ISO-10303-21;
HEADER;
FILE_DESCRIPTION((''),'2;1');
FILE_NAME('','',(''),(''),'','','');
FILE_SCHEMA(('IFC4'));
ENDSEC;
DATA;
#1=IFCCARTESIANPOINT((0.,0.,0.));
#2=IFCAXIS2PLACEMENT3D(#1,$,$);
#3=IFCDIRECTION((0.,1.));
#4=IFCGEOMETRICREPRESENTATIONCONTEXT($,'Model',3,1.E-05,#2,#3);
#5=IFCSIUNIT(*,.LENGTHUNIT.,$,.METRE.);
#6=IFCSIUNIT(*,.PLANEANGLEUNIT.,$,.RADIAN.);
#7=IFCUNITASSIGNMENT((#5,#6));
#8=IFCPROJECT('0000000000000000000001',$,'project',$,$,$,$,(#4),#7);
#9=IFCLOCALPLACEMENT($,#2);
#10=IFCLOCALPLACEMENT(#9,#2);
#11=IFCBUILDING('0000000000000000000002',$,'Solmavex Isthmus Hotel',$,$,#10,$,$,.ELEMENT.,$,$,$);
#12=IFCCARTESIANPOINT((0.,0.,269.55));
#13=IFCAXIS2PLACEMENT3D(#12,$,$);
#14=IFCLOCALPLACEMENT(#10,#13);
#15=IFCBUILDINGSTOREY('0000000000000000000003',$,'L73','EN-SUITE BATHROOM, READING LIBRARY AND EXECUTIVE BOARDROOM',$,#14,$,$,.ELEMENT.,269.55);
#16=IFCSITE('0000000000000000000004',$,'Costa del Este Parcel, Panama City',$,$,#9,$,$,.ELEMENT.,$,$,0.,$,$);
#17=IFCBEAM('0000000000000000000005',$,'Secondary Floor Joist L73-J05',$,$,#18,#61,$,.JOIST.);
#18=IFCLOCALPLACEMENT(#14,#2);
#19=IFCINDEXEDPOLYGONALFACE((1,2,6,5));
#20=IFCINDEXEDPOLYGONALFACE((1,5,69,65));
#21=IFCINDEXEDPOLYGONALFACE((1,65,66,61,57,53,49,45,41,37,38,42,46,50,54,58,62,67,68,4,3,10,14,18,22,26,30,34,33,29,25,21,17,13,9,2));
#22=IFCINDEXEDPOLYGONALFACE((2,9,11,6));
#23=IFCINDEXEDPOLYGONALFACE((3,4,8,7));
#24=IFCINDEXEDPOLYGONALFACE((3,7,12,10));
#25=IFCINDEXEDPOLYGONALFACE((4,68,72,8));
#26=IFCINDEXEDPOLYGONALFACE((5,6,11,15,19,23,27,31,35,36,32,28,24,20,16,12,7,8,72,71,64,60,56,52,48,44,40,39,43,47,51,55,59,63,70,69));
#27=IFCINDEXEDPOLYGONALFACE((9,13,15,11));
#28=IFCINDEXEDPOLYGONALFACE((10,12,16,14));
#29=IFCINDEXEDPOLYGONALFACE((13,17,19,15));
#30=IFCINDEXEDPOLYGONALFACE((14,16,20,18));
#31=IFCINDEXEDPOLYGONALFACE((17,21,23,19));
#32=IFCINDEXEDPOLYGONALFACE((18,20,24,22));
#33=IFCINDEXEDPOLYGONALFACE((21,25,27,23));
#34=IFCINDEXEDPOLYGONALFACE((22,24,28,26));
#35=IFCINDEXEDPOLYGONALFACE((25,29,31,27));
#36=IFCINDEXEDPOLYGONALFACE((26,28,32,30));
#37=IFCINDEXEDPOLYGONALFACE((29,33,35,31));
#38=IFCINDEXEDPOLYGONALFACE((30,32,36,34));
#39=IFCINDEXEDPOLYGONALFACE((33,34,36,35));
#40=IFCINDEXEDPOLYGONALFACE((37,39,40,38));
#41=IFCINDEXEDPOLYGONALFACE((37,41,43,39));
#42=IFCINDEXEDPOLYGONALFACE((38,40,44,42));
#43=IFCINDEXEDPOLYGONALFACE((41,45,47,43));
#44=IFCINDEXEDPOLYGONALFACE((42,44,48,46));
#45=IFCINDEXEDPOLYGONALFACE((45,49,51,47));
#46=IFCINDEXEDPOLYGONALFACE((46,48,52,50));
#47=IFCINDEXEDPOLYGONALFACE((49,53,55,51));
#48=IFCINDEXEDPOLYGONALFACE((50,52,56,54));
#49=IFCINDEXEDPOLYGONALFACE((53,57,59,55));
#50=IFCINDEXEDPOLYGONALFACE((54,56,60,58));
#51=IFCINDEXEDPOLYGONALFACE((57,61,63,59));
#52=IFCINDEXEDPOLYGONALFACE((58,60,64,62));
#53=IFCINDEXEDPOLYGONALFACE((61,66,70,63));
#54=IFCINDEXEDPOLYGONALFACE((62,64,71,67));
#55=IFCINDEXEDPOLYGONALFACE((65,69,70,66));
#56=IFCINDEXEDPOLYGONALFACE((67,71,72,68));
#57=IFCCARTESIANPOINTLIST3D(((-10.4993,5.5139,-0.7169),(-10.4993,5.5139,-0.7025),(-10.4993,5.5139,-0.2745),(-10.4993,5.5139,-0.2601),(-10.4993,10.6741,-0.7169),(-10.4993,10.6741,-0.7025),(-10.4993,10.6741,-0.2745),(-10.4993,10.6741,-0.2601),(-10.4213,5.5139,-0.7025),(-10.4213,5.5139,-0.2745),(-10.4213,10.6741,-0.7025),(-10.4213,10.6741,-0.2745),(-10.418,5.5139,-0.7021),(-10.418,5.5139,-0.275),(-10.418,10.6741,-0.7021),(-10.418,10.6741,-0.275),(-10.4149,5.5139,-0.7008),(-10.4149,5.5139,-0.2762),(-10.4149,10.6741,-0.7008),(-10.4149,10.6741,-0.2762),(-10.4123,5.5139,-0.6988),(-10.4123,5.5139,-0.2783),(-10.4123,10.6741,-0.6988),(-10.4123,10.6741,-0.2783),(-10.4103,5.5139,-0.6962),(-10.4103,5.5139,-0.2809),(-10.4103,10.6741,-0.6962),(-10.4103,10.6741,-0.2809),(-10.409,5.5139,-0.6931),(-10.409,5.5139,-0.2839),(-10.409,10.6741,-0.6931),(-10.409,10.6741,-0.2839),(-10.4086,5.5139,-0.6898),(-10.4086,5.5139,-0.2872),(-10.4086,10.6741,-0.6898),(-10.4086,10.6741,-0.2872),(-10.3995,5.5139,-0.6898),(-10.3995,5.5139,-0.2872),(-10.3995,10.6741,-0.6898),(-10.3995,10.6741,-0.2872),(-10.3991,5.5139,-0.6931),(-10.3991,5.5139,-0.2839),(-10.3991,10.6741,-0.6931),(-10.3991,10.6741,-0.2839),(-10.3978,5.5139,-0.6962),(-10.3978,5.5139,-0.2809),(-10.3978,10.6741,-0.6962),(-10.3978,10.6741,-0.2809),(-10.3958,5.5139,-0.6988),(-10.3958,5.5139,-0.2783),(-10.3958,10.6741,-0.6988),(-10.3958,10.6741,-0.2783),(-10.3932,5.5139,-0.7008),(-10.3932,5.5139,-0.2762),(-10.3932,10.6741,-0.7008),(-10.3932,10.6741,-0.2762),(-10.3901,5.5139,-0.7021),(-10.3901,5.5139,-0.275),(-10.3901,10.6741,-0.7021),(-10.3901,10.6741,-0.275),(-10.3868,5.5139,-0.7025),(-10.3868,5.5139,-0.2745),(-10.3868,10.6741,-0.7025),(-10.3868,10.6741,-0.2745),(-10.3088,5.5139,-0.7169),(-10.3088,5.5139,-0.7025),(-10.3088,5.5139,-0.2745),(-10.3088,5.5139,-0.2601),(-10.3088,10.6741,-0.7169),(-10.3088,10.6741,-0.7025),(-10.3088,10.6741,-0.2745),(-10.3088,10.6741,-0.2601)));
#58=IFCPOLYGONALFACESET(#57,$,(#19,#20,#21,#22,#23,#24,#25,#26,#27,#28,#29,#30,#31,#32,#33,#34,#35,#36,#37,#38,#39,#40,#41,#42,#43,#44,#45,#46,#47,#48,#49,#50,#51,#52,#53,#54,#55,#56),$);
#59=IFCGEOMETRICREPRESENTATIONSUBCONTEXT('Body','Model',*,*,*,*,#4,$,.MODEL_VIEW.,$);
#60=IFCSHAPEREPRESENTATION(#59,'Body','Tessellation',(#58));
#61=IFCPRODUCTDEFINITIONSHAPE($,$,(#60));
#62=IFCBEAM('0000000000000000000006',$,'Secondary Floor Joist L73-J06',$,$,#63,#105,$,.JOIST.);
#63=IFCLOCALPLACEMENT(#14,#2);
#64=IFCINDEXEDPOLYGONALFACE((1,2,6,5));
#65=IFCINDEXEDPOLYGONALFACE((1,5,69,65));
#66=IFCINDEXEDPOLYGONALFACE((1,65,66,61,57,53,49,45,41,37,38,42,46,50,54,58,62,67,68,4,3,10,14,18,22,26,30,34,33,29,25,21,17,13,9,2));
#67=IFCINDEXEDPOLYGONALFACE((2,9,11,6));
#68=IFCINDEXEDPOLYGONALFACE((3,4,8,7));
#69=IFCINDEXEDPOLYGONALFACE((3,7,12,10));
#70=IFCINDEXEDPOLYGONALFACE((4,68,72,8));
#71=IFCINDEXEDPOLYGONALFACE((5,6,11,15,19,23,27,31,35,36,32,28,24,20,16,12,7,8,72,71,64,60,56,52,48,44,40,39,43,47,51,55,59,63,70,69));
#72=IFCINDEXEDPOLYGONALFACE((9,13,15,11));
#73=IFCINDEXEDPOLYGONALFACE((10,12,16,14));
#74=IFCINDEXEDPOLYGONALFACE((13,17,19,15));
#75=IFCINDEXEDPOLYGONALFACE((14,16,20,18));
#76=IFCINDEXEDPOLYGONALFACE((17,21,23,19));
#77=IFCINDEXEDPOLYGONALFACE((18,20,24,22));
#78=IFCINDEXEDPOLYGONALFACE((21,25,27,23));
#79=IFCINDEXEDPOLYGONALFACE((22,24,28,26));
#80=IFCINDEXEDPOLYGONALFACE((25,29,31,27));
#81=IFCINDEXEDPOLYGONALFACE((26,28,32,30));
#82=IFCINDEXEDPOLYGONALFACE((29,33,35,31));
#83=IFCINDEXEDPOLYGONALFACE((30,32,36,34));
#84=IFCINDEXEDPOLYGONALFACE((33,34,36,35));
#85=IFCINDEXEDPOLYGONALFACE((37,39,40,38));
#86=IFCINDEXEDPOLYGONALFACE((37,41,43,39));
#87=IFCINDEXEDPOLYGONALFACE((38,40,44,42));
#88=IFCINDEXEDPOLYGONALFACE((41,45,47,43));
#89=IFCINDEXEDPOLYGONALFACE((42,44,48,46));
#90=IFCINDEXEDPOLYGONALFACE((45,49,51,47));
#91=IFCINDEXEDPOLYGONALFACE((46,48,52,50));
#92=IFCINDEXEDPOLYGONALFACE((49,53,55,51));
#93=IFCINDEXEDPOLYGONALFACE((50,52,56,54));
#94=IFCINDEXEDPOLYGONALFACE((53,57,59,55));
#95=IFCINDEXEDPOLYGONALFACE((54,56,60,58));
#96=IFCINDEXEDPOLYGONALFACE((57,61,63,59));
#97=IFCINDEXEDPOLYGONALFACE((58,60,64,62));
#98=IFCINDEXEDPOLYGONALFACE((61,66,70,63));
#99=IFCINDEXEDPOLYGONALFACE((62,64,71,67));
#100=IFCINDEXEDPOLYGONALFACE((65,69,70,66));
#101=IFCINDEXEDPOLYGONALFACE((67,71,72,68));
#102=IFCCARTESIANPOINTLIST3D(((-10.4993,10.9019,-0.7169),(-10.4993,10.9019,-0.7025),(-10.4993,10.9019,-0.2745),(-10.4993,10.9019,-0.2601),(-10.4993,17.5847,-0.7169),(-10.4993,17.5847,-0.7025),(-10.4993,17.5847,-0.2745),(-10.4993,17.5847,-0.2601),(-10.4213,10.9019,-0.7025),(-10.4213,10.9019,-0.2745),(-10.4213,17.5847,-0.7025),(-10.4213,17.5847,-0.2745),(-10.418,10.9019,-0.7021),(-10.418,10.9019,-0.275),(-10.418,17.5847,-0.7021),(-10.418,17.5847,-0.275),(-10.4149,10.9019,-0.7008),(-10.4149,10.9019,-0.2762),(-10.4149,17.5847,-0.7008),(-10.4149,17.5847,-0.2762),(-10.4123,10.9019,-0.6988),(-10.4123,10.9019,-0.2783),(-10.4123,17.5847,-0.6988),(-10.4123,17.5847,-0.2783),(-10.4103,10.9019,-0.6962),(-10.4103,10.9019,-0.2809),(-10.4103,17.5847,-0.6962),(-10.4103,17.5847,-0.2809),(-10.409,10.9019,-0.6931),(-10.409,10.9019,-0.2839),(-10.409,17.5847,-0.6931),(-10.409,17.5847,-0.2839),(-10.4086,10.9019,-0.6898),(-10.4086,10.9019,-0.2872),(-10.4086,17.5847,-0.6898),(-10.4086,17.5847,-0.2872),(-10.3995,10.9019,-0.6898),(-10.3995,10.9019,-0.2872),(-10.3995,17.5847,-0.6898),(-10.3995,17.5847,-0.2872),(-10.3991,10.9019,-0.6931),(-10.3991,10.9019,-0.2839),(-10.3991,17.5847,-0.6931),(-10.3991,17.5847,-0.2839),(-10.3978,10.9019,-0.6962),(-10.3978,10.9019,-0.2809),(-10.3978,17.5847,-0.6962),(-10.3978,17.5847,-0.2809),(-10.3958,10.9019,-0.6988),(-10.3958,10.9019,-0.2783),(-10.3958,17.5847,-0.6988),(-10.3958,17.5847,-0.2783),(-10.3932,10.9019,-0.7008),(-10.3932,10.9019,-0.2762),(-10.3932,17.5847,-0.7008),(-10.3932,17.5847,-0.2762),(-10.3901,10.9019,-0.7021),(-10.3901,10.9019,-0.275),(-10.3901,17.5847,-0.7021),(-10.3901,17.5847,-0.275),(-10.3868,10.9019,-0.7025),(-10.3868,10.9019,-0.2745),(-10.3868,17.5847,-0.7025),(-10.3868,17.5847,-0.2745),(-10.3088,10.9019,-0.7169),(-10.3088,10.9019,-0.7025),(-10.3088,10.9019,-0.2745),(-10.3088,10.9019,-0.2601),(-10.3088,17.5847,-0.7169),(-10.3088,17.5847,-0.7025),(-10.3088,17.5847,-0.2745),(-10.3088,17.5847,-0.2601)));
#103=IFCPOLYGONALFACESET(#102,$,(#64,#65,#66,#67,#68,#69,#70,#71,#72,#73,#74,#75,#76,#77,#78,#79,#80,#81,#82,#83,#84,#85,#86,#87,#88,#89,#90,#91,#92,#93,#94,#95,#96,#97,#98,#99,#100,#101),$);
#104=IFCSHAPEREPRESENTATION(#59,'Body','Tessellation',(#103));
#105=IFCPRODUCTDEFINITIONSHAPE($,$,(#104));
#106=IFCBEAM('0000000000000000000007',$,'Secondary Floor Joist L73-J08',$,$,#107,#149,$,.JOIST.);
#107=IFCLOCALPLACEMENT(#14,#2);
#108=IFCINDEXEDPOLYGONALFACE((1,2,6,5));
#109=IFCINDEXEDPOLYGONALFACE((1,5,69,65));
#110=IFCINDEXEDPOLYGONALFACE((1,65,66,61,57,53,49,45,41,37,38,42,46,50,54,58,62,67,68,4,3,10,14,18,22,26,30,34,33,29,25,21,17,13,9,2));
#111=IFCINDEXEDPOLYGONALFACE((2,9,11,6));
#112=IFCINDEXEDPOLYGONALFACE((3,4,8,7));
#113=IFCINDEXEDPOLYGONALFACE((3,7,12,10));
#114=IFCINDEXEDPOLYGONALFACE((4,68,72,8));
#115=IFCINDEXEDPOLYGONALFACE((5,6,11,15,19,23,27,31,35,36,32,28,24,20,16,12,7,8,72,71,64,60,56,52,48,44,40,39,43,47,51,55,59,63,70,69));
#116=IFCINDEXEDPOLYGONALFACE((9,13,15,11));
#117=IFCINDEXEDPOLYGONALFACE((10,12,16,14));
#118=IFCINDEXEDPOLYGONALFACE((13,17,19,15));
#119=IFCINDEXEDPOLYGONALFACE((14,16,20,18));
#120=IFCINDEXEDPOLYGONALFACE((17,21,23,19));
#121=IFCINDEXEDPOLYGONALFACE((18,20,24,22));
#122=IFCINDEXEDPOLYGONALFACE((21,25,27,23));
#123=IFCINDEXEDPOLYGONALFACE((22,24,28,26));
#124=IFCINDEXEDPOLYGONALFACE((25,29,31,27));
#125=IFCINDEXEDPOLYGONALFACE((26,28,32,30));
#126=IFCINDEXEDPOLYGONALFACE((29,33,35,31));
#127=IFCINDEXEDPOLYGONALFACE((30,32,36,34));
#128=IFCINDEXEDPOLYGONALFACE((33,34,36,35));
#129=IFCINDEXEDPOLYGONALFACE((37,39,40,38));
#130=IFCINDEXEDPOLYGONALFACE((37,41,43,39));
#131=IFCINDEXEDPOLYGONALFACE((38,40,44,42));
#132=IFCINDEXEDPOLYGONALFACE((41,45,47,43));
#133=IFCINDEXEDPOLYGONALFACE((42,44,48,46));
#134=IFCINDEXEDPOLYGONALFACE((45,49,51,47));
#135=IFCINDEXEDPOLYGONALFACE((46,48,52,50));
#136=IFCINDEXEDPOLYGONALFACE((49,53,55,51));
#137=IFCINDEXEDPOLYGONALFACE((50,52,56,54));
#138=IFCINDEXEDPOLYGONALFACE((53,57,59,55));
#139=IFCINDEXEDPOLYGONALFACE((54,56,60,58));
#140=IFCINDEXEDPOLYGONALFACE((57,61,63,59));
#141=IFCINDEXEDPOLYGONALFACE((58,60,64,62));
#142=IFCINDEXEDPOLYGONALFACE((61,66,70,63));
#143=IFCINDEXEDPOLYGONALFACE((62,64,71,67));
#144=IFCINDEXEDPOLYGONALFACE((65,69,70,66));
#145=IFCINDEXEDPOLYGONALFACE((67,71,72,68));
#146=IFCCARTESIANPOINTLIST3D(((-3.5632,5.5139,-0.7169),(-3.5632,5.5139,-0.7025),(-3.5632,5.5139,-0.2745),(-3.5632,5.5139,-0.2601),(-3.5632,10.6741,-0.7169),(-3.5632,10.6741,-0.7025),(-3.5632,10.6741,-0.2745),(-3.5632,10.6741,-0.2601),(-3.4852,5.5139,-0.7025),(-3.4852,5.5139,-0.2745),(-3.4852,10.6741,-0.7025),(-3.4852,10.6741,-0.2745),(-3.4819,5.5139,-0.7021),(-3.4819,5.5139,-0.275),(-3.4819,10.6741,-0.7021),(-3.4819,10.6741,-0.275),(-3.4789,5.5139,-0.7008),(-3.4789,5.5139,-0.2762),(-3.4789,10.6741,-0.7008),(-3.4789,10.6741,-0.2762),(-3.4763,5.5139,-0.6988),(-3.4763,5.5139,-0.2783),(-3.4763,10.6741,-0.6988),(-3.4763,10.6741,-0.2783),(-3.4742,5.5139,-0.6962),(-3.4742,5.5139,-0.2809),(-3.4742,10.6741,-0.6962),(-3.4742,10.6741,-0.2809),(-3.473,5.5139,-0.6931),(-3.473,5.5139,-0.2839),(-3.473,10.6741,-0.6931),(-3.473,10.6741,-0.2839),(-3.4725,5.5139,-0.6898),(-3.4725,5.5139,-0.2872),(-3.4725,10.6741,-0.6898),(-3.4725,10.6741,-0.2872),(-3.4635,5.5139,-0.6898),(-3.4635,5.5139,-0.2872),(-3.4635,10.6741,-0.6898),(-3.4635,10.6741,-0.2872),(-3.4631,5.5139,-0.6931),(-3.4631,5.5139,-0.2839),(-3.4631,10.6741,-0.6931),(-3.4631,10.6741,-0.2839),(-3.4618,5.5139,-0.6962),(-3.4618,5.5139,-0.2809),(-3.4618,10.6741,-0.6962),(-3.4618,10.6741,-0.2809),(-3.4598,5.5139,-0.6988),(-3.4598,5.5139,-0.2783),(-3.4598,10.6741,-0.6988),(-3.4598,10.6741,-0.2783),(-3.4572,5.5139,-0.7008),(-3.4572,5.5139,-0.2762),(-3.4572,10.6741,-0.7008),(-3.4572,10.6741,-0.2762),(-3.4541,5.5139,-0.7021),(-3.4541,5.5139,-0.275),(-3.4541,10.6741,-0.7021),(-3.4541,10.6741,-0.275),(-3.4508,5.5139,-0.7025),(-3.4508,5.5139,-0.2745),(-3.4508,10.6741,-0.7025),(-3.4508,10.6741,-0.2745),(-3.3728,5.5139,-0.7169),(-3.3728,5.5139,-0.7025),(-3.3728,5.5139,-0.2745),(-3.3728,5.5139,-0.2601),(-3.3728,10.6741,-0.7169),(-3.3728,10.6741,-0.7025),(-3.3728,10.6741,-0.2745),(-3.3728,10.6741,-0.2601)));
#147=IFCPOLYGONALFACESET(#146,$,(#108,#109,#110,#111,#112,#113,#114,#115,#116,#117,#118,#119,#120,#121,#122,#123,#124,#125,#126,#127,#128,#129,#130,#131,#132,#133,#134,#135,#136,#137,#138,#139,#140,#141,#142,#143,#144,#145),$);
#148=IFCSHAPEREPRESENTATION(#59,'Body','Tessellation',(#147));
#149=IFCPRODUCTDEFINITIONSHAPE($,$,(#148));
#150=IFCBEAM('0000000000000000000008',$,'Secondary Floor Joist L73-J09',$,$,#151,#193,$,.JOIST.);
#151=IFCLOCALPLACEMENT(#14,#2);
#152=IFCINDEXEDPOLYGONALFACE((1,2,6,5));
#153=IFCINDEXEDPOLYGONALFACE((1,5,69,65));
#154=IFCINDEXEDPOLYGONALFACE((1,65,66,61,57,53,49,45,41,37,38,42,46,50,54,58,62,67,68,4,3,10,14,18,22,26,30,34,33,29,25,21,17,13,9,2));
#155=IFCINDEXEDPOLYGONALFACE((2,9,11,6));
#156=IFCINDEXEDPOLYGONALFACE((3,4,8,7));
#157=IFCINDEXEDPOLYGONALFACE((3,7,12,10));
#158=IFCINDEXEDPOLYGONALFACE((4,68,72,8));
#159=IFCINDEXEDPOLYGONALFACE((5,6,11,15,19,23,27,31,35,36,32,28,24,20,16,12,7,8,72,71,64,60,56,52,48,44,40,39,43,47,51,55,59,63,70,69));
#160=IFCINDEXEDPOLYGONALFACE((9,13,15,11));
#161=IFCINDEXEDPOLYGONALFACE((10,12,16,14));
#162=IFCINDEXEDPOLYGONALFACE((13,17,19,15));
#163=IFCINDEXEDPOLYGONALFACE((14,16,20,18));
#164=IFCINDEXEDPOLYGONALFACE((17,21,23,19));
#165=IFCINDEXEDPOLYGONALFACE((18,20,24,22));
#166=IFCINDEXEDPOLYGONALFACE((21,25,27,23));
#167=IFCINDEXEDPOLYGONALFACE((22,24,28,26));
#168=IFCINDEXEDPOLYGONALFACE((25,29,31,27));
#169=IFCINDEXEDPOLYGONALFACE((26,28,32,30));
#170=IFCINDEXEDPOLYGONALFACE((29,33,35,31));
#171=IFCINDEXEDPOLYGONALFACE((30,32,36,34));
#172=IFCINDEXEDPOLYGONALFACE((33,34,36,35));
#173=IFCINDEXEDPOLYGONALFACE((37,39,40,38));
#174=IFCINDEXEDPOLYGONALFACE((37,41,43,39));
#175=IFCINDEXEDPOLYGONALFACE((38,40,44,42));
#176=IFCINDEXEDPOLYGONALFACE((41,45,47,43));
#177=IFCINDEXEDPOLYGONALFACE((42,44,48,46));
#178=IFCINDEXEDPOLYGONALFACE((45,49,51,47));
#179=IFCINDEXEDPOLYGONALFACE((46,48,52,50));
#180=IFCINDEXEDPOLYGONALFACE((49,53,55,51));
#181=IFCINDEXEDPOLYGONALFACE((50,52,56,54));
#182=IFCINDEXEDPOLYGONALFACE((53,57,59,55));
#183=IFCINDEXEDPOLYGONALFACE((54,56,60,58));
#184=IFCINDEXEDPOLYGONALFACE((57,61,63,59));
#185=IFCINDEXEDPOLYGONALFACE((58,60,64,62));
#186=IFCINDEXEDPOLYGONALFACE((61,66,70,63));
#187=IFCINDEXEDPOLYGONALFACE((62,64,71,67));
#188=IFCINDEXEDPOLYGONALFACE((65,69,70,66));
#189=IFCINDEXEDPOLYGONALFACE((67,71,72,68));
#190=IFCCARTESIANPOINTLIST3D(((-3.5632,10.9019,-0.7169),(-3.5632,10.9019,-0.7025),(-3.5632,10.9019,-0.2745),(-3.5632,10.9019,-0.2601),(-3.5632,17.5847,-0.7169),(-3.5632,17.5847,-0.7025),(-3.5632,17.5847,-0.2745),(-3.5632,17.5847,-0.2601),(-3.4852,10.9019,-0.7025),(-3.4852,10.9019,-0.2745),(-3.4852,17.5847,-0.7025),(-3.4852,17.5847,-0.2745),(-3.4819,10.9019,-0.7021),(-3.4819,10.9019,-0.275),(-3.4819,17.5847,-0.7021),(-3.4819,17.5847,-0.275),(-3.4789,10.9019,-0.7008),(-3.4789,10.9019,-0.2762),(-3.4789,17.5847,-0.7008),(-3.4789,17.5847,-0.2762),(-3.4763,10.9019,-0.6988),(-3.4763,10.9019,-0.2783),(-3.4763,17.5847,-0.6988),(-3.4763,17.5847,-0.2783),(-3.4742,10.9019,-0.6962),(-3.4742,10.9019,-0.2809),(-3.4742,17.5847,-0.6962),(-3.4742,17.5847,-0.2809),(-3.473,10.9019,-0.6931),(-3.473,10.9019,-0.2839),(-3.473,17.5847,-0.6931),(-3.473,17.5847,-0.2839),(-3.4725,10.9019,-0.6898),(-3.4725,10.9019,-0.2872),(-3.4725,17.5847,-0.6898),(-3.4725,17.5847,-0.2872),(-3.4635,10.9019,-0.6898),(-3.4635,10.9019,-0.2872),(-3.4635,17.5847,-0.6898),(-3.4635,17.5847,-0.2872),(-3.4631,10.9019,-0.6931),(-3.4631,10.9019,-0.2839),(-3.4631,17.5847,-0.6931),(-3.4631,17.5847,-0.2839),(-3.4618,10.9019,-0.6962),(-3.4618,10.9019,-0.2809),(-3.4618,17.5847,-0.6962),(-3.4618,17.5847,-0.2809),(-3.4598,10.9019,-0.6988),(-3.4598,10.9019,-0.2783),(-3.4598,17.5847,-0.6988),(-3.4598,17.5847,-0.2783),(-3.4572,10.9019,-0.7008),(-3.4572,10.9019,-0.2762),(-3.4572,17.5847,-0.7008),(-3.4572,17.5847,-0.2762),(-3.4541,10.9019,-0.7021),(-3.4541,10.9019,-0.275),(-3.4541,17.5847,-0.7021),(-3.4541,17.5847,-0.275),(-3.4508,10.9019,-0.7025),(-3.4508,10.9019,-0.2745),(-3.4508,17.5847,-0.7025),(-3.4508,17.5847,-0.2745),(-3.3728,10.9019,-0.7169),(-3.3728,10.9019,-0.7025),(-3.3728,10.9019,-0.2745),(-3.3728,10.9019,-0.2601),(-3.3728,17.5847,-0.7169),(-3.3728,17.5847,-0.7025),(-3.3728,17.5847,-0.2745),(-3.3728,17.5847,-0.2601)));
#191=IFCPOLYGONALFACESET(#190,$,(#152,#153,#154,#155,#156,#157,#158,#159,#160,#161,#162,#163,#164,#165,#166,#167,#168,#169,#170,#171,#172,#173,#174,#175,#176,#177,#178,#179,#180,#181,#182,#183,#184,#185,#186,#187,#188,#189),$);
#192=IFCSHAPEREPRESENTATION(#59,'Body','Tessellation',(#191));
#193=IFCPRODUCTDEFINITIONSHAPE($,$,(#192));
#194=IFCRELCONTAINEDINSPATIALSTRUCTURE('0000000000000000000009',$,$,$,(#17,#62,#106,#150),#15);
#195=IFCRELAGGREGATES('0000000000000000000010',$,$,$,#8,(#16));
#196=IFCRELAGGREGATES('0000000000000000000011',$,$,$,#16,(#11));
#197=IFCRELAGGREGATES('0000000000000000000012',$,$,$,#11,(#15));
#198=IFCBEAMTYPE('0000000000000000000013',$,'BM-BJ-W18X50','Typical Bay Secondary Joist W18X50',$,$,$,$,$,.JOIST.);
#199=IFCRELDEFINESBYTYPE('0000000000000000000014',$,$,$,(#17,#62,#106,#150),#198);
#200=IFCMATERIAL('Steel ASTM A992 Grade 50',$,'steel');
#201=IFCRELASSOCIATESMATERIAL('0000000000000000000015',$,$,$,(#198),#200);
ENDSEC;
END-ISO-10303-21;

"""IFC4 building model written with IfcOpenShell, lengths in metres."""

from ifc_helpers import new_model, si_unit, direction, frame, origin, origin_2d, place, context, subcontext, project, spatial, i_section, extrude, material, material_profile, profile_set, type_object, element, save


model = new_model("IFC4")

# Units and contexts
model_context = context("Model", 3, precision=1e-05, world=origin(), true_north=direction((0.0, 1.0)))
body_context = subcontext(model_context, "Body", "Model", "MODEL_VIEW")
ifc_project = project(units=[si_unit("LENGTHUNIT", "METRE"), si_unit("PLANEANGLEUNIT", "RADIAN")], contexts=[model_context])

# Site, building, storey
site_placement = place(None, origin())
site = spatial("IfcSite", under=ifc_project, at=site_placement, Name="Costa del Este Parcel, Panama City", CompositionType="ELEMENT", RefElevation=0.0)
building_placement = place(site_placement, origin())
building = spatial("IfcBuilding", under=site, at=building_placement, Name="Solmavex Isthmus Hotel", CompositionType="ELEMENT")
storey_placement = place(building_placement, frame((0.0, 0.0, 269.55)))
storey = spatial("IfcBuildingStorey", under=building, at=storey_placement, Name="L73", Description="EN-SUITE BATHROOM, READING LIBRARY AND EXECUTIVE BOARDROOM", CompositionType="ELEMENT", Elevation=269.55)

# Beams
ifc_material_1 = material(Name="Steel ASTM A992 Grade 50", Category="steel")
ifc_material_profile_1 = material_profile(ifc_material_1, i_section(OverallWidth=0.1904, OverallDepth=0.4568, WebThickness=0.009, FlangeThickness=0.0144, FilletRadius=0.0127, at=origin_2d()), Name="W18X50")
ifc_profile_set_1 = profile_set([ifc_material_profile_1], Name="Steel ASTM A992 Grade 50")
beam_type_1 = type_object("IfcBeamType", Name="BM-BJ-W18X50", Description="Typical Bay Secondary Joist W18X50", PredefinedType="JOIST", material=ifc_profile_set_1)
beam_1_placement = place(storey_placement, frame((-10.4041, 5.5139, -0.4885), z_axis=(0.0, 1.0, 0.0), x_axis=(-1.0, 0.0, 0.0)))
element("IfcBeam", 1, at=beam_1_placement, inside=storey, type_object=beam_type_1, Name="Secondary Floor Joist L73-J05", PredefinedType="JOIST", context=body_context, shape_type="SweptSolid", body=[
    extrude(i_section(OverallWidth=0.1904, OverallDepth=0.4568, WebThickness=0.009, FlangeThickness=0.0144, FilletRadius=0.0127, at=origin_2d()), origin(), (0.0, 0.0, 1.0), 5.1602),
])
beam_2_placement = place(storey_placement, frame((-10.4041, 10.9019, -0.4885), z_axis=(0.0, 1.0, 0.0), x_axis=(-1.0, 0.0, 0.0)))
element("IfcBeam", 2, at=beam_2_placement, inside=storey, type_object=beam_type_1, Name="Secondary Floor Joist L73-J06", PredefinedType="JOIST", context=body_context, shape_type="SweptSolid", body=[
    extrude(i_section(OverallWidth=0.1904, OverallDepth=0.4568, WebThickness=0.009, FlangeThickness=0.0144, FilletRadius=0.0127, at=origin_2d()), origin(), (0.0, 0.0, 1.0), 6.6829),
])
beam_3_placement = place(storey_placement, frame((-3.468, 5.5139, -0.4885), z_axis=(0.0, 1.0, 0.0), x_axis=(-1.0, 0.0, 0.0)))
element("IfcBeam", 3, at=beam_3_placement, inside=storey, type_object=beam_type_1, Name="Secondary Floor Joist L73-J08", PredefinedType="JOIST", context=body_context, shape_type="SweptSolid", body=[
    extrude(i_section(OverallWidth=0.1904, OverallDepth=0.4568, WebThickness=0.009, FlangeThickness=0.0144, FilletRadius=0.0127, at=origin_2d()), origin(), (0.0, 0.0, 1.0), 5.1602),
])
beam_4_placement = place(storey_placement, frame((-3.468, 10.9019, -0.4885), z_axis=(0.0, 1.0, 0.0), x_axis=(-1.0, 0.0, 0.0)))
element("IfcBeam", 4, at=beam_4_placement, inside=storey, type_object=beam_type_1, Name="Secondary Floor Joist L73-J09", PredefinedType="JOIST", context=body_context, shape_type="SweptSolid", body=[
    extrude(i_section(OverallWidth=0.1904, OverallDepth=0.4568, WebThickness=0.009, FlangeThickness=0.0144, FilletRadius=0.0127, at=origin_2d()), origin(), (0.0, 0.0, 1.0), 6.6829),
])

save(model, "model.ifc")
